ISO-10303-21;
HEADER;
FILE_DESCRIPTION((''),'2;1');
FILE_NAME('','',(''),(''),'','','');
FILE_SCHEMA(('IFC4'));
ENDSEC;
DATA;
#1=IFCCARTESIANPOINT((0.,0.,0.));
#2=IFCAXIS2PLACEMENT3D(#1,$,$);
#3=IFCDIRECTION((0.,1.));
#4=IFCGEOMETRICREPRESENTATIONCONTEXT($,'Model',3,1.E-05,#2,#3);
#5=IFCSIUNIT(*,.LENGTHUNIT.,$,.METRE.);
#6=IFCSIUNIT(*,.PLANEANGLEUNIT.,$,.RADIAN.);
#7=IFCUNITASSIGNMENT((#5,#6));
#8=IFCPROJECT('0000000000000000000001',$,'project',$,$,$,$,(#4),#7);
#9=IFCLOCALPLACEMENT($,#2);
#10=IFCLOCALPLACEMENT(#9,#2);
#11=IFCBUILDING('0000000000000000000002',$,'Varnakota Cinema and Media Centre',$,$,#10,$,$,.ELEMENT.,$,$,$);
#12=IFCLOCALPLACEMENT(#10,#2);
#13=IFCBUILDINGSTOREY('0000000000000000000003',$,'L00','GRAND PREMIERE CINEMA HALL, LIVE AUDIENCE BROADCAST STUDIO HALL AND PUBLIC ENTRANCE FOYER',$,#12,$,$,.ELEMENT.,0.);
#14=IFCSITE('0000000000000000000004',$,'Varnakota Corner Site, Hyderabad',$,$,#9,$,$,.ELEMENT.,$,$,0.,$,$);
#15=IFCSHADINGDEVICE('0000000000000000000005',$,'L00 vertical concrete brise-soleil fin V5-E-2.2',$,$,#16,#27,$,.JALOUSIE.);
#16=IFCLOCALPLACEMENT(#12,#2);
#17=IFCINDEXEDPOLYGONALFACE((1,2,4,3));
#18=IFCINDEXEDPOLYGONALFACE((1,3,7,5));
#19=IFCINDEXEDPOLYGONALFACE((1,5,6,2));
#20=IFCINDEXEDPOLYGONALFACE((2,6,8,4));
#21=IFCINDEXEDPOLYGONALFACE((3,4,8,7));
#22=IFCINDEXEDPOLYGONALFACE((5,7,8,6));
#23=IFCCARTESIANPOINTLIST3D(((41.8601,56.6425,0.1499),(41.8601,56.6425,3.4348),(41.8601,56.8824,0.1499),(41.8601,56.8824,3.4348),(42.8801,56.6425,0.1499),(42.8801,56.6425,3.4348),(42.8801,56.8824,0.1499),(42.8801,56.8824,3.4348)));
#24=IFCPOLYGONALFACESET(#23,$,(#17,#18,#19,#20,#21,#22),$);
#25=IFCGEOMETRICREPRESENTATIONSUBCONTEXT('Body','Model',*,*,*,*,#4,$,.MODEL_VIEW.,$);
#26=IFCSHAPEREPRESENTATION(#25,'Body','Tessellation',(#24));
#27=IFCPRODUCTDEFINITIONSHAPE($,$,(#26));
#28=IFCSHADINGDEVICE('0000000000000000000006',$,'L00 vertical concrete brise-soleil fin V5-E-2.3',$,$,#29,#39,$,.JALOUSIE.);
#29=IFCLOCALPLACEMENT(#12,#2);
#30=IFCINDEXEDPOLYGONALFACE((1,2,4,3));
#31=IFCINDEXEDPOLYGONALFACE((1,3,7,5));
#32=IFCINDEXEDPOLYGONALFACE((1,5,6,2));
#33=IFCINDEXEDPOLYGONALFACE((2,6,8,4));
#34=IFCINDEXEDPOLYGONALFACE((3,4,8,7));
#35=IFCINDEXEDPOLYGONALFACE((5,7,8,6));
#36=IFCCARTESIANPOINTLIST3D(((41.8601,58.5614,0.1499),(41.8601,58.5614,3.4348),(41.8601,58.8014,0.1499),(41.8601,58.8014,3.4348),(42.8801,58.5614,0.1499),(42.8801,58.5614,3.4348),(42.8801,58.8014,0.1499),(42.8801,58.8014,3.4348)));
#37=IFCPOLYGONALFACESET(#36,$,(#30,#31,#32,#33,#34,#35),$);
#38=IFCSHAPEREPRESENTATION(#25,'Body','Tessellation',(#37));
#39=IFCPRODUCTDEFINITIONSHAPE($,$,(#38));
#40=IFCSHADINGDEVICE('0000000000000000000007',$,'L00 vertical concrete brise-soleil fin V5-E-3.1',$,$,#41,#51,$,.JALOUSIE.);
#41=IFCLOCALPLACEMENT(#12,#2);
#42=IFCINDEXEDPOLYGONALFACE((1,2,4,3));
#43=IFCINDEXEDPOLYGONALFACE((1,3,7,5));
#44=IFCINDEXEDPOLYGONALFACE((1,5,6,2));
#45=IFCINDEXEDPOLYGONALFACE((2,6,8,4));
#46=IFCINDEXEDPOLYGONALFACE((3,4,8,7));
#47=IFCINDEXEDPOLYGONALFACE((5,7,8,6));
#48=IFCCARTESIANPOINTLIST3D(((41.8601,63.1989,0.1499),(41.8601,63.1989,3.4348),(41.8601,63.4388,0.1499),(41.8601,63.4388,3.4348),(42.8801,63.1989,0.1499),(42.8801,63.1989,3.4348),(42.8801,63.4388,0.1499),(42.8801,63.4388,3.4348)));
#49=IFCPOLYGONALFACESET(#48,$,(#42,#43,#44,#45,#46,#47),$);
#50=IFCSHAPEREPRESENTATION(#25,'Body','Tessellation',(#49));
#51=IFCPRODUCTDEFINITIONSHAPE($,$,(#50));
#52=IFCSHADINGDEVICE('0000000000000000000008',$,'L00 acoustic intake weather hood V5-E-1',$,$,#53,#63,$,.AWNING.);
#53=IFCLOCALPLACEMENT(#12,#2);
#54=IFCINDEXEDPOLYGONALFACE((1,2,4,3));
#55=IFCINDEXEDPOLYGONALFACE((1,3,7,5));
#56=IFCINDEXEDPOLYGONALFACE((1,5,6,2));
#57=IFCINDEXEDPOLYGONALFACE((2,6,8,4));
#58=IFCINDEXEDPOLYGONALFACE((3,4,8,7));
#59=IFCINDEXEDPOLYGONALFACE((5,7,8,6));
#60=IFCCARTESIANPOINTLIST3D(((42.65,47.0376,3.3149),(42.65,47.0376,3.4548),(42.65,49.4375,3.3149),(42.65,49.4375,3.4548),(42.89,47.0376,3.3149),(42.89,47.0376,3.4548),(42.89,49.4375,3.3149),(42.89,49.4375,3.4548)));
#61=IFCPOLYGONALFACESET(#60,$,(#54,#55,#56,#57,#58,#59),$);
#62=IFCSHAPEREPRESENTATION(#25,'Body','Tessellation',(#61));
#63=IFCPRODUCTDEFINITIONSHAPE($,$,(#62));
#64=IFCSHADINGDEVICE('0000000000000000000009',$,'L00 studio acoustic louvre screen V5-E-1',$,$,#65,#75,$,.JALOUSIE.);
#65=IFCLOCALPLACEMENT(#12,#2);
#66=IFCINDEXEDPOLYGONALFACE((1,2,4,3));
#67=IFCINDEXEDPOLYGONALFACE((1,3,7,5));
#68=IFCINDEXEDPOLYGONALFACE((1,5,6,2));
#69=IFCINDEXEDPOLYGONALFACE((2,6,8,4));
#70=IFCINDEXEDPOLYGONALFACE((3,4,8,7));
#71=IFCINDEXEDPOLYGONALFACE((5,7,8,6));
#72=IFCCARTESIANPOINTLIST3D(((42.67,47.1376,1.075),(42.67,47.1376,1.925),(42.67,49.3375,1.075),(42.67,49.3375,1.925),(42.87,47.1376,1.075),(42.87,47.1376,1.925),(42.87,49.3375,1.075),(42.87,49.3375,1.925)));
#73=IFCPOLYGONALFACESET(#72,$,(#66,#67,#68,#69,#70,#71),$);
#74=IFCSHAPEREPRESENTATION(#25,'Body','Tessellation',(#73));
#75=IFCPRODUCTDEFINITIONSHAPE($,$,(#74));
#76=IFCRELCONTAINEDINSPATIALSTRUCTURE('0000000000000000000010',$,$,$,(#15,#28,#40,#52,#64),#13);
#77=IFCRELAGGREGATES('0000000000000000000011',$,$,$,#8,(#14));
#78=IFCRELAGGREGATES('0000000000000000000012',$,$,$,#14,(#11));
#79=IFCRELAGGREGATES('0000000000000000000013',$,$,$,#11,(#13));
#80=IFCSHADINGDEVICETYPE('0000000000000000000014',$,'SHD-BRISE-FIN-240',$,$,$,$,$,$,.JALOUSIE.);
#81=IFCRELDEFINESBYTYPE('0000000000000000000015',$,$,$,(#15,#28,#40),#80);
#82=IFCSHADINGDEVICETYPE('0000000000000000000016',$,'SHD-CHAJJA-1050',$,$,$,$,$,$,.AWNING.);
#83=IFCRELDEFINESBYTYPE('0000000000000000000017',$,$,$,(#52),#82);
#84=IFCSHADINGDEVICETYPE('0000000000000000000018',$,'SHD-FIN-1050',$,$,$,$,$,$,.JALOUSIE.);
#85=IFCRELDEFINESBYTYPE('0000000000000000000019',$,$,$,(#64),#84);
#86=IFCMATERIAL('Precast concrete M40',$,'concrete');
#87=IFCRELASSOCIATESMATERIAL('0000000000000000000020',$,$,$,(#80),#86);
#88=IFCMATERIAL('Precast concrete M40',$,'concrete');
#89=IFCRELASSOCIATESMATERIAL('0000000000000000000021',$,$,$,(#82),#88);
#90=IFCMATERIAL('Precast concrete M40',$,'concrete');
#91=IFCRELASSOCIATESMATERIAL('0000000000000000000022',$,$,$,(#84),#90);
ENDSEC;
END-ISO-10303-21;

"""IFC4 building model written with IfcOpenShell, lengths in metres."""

from ifc_helpers import new_model, si_unit, direction, frame, origin, origin_2d, place, context, subcontext, project, spatial, rectangle, extrude, material, type_object, element, save


model = new_model("IFC4")

# Units and contexts
model_context = context("Model", 3, precision=1e-05, world=origin(), true_north=direction((0.0, 1.0)))
body_context = subcontext(model_context, "Body", "Model", "MODEL_VIEW")
ifc_project = project(units=[si_unit("LENGTHUNIT", "METRE"), si_unit("PLANEANGLEUNIT", "RADIAN")], contexts=[model_context])

# Site, building, storey
site_placement = place(None, origin())
site = spatial("IfcSite", under=ifc_project, at=site_placement, Name="Varnakota Corner Site, Hyderabad", CompositionType="ELEMENT", RefElevation=0.0)
building_placement = place(site_placement, origin())
building = spatial("IfcBuilding", under=site, at=building_placement, Name="Varnakota Cinema and Media Centre", CompositionType="ELEMENT")
storey_placement = place(building_placement, origin())
storey = spatial("IfcBuildingStorey", under=building, at=storey_placement, Name="L00", Description="GRAND PREMIERE CINEMA HALL, LIVE AUDIENCE BROADCAST STUDIO HALL AND PUBLIC ENTRANCE FOYER", CompositionType="ELEMENT", Elevation=0.0)

# Shading devices
ifc_material_1 = material(Name="Precast concrete M40", Category="concrete")
shading_device_type_1 = type_object("IfcShadingDeviceType", Name="SHD-BRISE-FIN-240", PredefinedType="JALOUSIE", material=ifc_material_1)
for number, where, z_axis, x_axis, name in (
    (1, (42.3701, 56.7625, 0.1499), (0.0, 0.0, 1.0), (0.0, 1.0, 0.0), "L00 vertical concrete brise-soleil fin V5-E-2.2"),
    (2, (42.3701, 58.6814, 0.1499), (0.0, 0.0, 1.0), (0.0, 1.0, 0.0), "L00 vertical concrete brise-soleil fin V5-E-2.3"),
    (3, (42.3701, 63.3188, 0.1499), (0.0, 0.0, 1.0), (0.0, 1.0, 0.0), "L00 vertical concrete brise-soleil fin V5-E-3.1"),
):
    element("IfcShadingDevice", number, at=place(storey_placement, frame(where, z_axis=z_axis, x_axis=x_axis)), inside=storey, type_object=shading_device_type_1, Name=name, PredefinedType="JALOUSIE", context=body_context, shape_type="SweptSolid", body=[
        extrude(rectangle(XDim=0.24, YDim=1.02, at=origin_2d()), origin(), (0.0, 0.0, 1.0), 3.2849),
    ])
ifc_material_2 = material(Name="Precast concrete M40", Category="concrete")
shading_device_type_2 = type_object("IfcShadingDeviceType", Name="SHD-CHAJJA-1050", PredefinedType="AWNING", material=ifc_material_2)
shading_device_1_placement = place(storey_placement, frame((42.77, 48.2375, 3.3149), z_axis=(0.0, 0.0, 1.0), x_axis=(0.0, 1.0, 0.0)))
element("IfcShadingDevice", 4, at=shading_device_1_placement, inside=storey, type_object=shading_device_type_2, Name="L00 acoustic intake weather hood V5-E-1", PredefinedType="AWNING", context=body_context, shape_type="SweptSolid", body=[
    extrude(rectangle(XDim=2.3999, YDim=0.24, at=origin_2d()), origin(), (0.0, 0.0, 1.0), 0.1399),
])
ifc_material_3 = material(Name="Precast concrete M40", Category="concrete")
shading_device_type_3 = type_object("IfcShadingDeviceType", Name="SHD-FIN-1050", PredefinedType="JALOUSIE", material=ifc_material_3)
shading_device_2_placement = place(storey_placement, frame((42.77, 48.2375, 1.075), z_axis=(0.0, 0.0, 1.0), x_axis=(0.0, 1.0, 0.0)))
element("IfcShadingDevice", 5, at=shading_device_2_placement, inside=storey, type_object=shading_device_type_3, Name="L00 studio acoustic louvre screen V5-E-1", PredefinedType="JALOUSIE", context=body_context, shape_type="SweptSolid", body=[
    extrude(rectangle(XDim=2.2, YDim=0.2, at=origin_2d()), origin(), (0.0, 0.0, 1.0), 0.8501),
])

save(model, "model.ifc")
